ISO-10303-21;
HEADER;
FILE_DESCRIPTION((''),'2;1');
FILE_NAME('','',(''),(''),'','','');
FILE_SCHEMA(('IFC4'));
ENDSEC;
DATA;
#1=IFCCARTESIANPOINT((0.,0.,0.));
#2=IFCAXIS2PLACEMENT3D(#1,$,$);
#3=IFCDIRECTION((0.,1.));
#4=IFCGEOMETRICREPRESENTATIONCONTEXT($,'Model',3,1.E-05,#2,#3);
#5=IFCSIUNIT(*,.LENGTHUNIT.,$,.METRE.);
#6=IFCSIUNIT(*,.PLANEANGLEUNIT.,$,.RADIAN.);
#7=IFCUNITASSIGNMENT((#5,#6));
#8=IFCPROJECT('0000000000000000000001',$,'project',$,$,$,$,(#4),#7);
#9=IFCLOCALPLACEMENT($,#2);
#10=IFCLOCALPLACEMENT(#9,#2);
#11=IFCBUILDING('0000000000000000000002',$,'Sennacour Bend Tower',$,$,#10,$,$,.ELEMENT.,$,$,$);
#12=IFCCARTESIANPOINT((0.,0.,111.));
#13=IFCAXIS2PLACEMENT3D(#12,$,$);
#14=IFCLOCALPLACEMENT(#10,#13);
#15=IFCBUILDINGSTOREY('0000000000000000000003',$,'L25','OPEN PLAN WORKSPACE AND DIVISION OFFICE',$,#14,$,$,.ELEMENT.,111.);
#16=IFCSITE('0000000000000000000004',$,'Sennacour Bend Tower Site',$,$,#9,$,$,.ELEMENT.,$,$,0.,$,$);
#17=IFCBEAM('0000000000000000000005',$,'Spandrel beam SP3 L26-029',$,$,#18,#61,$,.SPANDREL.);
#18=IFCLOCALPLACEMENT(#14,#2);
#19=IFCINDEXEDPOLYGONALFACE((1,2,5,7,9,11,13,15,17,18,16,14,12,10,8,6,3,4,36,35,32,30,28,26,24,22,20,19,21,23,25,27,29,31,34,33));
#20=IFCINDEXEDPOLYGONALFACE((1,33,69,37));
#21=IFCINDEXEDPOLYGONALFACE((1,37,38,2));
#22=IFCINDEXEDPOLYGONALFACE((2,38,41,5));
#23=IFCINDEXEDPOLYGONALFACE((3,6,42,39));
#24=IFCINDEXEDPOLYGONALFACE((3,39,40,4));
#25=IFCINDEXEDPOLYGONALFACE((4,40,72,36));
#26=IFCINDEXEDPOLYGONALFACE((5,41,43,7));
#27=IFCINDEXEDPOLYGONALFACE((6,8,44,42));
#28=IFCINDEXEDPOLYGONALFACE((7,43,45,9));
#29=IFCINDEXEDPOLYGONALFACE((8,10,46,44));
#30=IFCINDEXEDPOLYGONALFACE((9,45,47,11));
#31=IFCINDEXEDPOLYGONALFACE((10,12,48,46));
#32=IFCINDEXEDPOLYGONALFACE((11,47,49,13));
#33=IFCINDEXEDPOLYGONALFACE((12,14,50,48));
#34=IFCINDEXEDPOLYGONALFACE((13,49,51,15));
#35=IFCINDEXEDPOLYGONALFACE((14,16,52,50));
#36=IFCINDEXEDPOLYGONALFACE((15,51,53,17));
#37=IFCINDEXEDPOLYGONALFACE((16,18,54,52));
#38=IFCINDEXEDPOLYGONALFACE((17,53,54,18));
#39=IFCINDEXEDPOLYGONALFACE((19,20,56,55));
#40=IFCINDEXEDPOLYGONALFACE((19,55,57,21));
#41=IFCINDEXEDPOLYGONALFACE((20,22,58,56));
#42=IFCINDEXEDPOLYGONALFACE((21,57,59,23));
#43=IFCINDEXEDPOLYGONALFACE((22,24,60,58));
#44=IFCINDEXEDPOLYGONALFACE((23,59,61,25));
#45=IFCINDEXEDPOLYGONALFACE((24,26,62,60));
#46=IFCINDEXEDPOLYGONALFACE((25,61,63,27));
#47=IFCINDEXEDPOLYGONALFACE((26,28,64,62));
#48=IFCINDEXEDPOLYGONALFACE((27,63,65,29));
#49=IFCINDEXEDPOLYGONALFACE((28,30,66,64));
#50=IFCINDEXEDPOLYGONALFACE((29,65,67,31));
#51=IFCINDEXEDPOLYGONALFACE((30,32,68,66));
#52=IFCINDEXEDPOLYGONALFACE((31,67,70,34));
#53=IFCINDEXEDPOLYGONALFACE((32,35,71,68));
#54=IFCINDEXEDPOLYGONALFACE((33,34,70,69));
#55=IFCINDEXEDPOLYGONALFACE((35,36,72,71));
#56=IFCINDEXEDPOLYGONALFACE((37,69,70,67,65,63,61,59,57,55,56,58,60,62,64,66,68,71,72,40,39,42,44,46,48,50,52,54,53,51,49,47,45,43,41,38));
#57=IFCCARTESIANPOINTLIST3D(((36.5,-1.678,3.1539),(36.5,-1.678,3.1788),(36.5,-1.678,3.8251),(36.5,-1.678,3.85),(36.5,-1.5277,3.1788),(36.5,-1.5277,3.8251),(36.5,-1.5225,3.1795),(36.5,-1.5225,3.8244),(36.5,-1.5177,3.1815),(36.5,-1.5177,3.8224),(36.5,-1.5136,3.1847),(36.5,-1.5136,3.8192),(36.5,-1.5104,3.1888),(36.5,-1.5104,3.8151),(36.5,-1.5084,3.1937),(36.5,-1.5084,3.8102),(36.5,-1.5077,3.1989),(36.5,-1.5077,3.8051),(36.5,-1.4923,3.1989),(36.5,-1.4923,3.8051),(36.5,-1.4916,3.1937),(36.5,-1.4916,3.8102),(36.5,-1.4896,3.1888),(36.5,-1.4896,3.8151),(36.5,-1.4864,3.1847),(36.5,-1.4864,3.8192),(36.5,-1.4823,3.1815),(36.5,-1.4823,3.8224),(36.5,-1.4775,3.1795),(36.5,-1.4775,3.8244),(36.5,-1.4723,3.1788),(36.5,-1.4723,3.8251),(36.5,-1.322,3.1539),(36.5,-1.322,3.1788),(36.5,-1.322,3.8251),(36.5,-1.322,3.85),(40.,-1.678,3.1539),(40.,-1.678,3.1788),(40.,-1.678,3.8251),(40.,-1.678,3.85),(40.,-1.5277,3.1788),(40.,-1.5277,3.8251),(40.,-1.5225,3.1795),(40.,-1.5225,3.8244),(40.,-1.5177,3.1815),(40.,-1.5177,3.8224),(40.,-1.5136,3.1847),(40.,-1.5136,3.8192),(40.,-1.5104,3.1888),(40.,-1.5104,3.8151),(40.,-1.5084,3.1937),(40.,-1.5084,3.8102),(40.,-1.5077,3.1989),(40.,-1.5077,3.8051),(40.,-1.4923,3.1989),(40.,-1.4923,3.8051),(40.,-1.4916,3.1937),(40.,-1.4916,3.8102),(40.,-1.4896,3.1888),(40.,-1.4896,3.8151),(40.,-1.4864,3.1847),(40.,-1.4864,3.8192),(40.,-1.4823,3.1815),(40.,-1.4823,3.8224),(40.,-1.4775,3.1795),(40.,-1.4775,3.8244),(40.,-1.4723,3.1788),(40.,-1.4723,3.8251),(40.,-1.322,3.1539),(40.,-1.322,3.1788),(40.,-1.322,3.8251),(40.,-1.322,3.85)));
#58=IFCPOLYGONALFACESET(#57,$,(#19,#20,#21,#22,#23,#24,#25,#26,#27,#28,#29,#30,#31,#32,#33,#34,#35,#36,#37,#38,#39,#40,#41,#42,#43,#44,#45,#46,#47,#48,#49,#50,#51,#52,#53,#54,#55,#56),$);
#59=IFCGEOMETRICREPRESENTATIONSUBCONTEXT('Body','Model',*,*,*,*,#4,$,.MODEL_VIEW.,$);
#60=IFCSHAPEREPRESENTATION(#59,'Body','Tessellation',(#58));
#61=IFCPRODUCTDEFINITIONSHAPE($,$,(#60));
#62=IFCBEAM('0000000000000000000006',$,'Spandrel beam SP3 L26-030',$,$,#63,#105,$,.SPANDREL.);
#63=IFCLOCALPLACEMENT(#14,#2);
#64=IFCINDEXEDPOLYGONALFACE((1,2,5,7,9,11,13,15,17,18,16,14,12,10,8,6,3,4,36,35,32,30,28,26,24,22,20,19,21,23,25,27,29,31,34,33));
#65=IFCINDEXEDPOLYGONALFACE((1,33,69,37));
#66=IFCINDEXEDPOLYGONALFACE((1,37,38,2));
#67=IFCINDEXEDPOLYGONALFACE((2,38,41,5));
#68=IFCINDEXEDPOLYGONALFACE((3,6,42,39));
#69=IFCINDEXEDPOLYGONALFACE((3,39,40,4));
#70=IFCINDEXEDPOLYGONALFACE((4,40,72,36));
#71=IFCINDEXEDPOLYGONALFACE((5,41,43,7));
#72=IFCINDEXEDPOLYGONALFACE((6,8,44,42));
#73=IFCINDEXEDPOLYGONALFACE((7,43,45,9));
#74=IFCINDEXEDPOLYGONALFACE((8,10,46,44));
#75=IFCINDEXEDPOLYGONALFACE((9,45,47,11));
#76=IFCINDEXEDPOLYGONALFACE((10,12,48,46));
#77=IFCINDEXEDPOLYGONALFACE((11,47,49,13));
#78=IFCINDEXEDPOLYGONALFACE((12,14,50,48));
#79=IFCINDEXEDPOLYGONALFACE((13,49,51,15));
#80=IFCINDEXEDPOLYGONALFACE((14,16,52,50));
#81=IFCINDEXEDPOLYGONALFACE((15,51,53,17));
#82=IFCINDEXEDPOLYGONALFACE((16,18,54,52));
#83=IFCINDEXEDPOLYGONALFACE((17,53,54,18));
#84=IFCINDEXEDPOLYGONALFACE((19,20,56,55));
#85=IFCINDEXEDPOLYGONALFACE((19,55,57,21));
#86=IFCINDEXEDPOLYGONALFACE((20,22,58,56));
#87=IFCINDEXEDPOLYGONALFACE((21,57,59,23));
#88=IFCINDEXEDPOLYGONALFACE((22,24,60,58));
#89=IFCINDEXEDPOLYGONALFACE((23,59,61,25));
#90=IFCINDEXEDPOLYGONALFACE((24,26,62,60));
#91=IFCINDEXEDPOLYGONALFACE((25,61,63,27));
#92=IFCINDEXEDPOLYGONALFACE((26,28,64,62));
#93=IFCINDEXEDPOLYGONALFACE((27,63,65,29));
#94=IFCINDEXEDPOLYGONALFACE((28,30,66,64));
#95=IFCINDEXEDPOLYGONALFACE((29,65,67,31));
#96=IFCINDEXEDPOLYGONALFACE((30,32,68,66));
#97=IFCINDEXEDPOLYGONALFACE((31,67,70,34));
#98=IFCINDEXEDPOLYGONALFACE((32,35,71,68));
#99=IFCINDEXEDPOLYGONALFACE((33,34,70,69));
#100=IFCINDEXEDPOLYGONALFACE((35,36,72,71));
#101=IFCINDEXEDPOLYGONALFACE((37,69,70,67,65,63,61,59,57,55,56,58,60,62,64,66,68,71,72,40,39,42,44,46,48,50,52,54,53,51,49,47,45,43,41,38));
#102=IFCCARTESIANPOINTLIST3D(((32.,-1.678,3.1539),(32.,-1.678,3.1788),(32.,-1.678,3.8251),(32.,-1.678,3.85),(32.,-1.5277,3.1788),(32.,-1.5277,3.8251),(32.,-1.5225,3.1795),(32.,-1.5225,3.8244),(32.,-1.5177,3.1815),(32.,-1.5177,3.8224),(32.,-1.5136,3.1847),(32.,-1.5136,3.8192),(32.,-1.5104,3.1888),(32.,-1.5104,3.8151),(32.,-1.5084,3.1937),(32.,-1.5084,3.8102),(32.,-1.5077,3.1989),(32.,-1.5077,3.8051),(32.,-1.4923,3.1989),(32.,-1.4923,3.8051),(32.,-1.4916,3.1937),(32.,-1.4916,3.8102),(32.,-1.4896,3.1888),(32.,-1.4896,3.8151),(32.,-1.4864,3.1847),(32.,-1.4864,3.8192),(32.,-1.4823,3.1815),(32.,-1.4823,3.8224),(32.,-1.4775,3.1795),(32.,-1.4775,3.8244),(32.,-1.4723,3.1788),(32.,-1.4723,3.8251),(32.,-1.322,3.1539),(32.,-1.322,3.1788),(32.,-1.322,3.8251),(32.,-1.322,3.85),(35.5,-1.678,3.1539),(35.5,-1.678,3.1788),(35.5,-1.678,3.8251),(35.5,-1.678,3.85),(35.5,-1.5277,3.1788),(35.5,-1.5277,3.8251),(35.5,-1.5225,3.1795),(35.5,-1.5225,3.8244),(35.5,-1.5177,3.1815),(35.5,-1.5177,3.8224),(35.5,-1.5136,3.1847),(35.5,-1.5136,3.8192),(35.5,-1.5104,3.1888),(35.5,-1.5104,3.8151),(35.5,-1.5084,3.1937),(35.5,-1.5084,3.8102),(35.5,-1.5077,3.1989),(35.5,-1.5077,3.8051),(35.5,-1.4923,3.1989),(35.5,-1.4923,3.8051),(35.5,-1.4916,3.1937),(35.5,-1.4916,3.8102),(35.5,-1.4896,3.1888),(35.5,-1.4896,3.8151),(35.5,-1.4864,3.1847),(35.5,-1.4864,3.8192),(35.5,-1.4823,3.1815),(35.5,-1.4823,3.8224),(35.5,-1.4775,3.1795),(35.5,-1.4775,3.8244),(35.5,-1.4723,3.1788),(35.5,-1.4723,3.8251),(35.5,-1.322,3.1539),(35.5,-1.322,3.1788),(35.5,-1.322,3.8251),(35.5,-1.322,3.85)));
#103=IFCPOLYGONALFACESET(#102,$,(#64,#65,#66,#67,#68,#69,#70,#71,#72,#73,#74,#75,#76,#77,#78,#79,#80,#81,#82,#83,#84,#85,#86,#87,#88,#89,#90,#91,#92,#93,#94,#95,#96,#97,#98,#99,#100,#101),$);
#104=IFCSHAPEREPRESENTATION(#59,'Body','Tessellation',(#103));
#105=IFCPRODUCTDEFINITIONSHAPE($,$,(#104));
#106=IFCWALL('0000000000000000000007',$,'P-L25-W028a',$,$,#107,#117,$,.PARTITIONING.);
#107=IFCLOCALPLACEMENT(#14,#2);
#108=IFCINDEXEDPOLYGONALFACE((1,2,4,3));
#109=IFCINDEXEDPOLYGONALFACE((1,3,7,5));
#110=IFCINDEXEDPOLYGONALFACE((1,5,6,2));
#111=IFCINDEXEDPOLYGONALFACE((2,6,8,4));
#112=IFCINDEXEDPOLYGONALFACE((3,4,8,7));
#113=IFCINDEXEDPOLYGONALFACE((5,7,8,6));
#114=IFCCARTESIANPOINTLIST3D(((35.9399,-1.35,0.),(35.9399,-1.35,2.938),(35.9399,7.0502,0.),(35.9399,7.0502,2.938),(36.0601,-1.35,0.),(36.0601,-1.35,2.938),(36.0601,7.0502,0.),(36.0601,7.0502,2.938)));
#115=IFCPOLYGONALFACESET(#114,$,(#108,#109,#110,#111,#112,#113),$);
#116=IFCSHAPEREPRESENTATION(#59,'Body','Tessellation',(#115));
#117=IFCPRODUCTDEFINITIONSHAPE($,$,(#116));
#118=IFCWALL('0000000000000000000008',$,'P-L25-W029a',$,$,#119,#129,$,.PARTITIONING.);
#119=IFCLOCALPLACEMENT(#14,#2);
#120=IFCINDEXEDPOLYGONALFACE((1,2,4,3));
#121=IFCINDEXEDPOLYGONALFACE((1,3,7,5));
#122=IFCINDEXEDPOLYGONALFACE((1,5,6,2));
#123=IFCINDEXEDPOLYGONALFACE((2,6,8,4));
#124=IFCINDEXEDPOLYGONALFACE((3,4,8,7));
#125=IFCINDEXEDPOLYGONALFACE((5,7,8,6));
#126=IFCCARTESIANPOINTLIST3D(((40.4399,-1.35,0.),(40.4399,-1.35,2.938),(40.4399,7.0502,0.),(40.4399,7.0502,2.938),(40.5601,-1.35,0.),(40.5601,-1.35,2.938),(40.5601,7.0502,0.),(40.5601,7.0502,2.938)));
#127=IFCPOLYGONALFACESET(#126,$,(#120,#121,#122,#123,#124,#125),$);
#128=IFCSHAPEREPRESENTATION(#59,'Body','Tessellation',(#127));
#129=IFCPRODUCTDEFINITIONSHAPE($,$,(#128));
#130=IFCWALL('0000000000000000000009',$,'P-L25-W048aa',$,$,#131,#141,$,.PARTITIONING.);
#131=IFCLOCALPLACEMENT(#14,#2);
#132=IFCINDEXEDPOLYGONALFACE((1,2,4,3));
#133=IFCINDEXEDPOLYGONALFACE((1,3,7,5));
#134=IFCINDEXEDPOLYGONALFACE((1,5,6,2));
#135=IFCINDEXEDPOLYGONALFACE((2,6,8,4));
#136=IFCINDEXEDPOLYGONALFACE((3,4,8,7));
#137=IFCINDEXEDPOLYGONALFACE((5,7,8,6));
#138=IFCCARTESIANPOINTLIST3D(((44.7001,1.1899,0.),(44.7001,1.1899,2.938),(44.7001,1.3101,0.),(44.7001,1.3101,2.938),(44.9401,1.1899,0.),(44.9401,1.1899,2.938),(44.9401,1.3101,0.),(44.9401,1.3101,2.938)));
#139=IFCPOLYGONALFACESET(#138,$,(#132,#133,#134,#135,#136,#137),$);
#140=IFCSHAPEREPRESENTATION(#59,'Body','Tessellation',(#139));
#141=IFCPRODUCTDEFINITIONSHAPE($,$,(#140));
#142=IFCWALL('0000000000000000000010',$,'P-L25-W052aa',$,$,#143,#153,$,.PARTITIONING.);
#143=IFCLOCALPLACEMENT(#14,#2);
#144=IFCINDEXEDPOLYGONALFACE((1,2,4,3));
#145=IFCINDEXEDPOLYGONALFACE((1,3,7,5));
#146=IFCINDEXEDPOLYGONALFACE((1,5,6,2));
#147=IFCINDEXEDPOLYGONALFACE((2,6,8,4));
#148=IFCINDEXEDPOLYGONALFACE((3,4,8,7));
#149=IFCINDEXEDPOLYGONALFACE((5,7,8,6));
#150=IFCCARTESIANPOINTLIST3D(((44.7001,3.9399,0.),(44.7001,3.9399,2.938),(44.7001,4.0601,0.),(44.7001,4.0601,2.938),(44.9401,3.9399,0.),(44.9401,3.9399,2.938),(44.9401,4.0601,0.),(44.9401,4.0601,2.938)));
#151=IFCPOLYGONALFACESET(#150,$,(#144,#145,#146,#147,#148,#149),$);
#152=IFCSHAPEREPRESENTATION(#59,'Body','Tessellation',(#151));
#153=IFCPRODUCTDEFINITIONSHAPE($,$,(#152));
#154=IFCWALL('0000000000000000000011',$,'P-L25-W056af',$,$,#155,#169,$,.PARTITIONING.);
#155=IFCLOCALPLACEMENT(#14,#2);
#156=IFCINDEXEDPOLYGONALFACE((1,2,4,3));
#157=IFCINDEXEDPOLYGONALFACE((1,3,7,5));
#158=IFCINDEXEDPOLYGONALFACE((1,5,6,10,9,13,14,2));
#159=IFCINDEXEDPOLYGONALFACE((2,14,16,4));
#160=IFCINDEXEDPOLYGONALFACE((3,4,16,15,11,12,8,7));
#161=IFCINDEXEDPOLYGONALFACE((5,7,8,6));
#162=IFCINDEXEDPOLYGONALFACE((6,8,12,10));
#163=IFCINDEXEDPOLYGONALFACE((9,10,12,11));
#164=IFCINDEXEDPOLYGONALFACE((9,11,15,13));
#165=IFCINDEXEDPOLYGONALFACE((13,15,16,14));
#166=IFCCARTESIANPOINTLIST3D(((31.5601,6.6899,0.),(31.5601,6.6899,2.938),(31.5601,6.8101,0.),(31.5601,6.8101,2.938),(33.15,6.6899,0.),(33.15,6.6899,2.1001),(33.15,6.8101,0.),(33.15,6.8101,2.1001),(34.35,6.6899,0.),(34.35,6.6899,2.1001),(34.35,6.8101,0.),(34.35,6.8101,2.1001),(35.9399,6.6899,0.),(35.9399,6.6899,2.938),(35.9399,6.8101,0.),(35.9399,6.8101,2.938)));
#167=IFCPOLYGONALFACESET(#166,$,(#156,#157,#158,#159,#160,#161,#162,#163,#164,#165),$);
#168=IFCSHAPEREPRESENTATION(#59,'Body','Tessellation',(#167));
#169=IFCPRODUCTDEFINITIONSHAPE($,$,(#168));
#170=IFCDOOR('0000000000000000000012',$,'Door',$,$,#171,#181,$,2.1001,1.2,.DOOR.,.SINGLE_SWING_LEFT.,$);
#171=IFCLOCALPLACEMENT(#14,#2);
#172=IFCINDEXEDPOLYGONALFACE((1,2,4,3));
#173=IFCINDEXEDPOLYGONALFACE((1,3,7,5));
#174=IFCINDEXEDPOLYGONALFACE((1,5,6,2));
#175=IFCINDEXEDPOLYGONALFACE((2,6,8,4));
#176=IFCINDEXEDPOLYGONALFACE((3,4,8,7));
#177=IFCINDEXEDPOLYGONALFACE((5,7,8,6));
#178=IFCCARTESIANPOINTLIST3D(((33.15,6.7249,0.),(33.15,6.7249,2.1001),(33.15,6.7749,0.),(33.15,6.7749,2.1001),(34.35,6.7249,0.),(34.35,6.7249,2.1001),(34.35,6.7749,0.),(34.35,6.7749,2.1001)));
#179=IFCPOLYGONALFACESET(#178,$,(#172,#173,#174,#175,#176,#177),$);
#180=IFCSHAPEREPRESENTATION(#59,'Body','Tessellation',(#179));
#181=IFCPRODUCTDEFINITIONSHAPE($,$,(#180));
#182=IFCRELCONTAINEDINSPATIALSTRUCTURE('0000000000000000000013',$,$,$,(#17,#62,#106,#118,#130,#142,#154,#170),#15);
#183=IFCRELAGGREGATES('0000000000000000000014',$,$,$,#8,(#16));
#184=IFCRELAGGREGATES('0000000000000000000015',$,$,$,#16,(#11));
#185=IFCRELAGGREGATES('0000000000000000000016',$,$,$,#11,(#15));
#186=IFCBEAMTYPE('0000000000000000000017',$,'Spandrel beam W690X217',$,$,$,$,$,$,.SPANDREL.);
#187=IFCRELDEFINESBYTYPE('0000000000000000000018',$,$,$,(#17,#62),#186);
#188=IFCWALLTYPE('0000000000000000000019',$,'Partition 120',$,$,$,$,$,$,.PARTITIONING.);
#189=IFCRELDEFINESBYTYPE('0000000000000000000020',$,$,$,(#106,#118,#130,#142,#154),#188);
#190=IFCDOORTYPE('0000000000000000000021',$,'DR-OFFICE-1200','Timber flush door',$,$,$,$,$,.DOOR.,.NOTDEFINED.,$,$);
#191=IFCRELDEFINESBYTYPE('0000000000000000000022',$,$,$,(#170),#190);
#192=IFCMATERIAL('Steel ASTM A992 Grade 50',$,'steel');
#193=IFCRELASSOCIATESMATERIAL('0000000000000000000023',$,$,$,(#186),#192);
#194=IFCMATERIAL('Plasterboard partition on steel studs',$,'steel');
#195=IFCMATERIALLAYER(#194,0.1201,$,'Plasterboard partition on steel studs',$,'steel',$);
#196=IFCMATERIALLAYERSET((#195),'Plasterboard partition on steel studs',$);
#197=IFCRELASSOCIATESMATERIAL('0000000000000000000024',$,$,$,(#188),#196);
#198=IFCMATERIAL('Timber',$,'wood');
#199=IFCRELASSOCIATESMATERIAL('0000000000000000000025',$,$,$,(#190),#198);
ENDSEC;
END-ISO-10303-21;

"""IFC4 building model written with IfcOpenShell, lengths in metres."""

from ifc_helpers import new_model, si_unit, direction, frame, frame_2d, origin, origin_2d, place, context, subcontext, project, spatial, rectangle, i_section, extrude, material, layer, layer_set, material_profile, profile_set, type_object, element, fill, save


model = new_model("IFC4")

# Units and contexts
model_context = context("Model", 3, precision=1e-05, world=origin(), true_north=direction((0.0, 1.0)))
body_context = subcontext(model_context, "Body", "Model", "MODEL_VIEW")
ifc_project = project(units=[si_unit("LENGTHUNIT", "METRE"), si_unit("PLANEANGLEUNIT", "RADIAN")], contexts=[model_context])

# Site, building, storey
site_placement = place(None, origin())
site = spatial("IfcSite", under=ifc_project, at=site_placement, Name="Sennacour Bend Tower Site", CompositionType="ELEMENT", RefElevation=0.0)
building_placement = place(site_placement, origin())
building = spatial("IfcBuilding", under=site, at=building_placement, Name="Sennacour Bend Tower", CompositionType="ELEMENT")
storey_placement = place(building_placement, frame((0.0, 0.0, 111.0)))
storey = spatial("IfcBuildingStorey", under=building, at=storey_placement, Name="L25", Description="OPEN PLAN WORKSPACE AND DIVISION OFFICE", CompositionType="ELEMENT", Elevation=111.0)

# Beams
ifc_material_1 = material(Name="Steel ASTM A992 Grade 50", Category="steel")
ifc_material_profile_1 = material_profile(ifc_material_1, i_section(OverallWidth=0.356, OverallDepth=0.696, WebThickness=0.0154, FlangeThickness=0.0249, FilletRadius=0.02, at=origin_2d()), Name="Steel ASTM A992 Grade 50", Category="steel")
ifc_profile_set_1 = profile_set([ifc_material_profile_1], Name="Steel ASTM A992 Grade 50")
beam_type_1 = type_object("IfcBeamType", Name="Spandrel beam W690X217", PredefinedType="SPANDREL", material=ifc_profile_set_1)
for number, where, z_axis, x_axis, name in (
    (1, (40.0, -1.5, 3.502), (-1.0, 0.0, 0.0), (0.0, -1.0, 0.0), "Spandrel beam SP3 L26-029"),
    (2, (35.5, -1.5, 3.502), (-1.0, 0.0, 0.0), (0.0, -1.0, 0.0), "Spandrel beam SP3 L26-030"),
):
    element("IfcBeam", number, at=place(storey_placement, frame(where, z_axis=z_axis, x_axis=x_axis)), inside=storey, type_object=beam_type_1, Name=name, PredefinedType="SPANDREL", context=body_context, shape_type="SweptSolid", body=[
        extrude(i_section(OverallWidth=0.356, OverallDepth=0.696, WebThickness=0.0154, FlangeThickness=0.0249, FilletRadius=0.02, at=origin_2d()), origin(), (0.0, 0.0, 1.0), 3.5),
    ])

# Walls
ifc_material_2 = material(Name="Plasterboard partition on steel studs", Category="steel")
ifc_layer_1 = layer(ifc_material_2, 0.1201, Name="Plasterboard partition on steel studs", Category="steel")
ifc_layer_set_1 = layer_set([ifc_layer_1], Name="Plasterboard partition on steel studs")
wall_type_1 = type_object("IfcWallType", Name="Partition 120", PredefinedType="PARTITIONING", material=ifc_layer_set_1)
for number, where, z_axis, x_axis, name in (
    (3, (36.0, -1.3501, 0.0), (0.0, 0.0, 1.0), (0.0, 1.0, 0.0), "P-L25-W028a"),
    (4, (40.5, -1.3501, 0.0), (0.0, 0.0, 1.0), (0.0, 1.0, 0.0), "P-L25-W029a"),
):
    element("IfcWall", number, at=place(storey_placement, frame(where, z_axis=z_axis, x_axis=x_axis)), inside=storey, type_object=wall_type_1, Name=name, PredefinedType="PARTITIONING", context=body_context, shape_type="SweptSolid", body=[
        extrude(rectangle(XDim=8.4001, YDim=0.1201, at=frame_2d((4.2002, 0.0))), origin(), (0.0, 0.0, 1.0), 2.938),
    ])
for number, where, z_axis, x_axis, name in (
    (5, (44.7, 1.25, 0.0), (0.0, 0.0, 1.0), (1.0, 0.0, 0.0), "P-L25-W048aa"),
    (6, (44.7, 4.0, 0.0), (0.0, 0.0, 1.0), (1.0, 0.0, 0.0), "P-L25-W052aa"),
):
    element("IfcWall", number, at=place(storey_placement, frame(where, z_axis=z_axis, x_axis=x_axis)), inside=storey, type_object=wall_type_1, Name=name, PredefinedType="PARTITIONING", context=body_context, shape_type="SweptSolid", body=[
        extrude(rectangle(XDim=0.24, YDim=0.1201, at=frame_2d((0.1201, 0.0))), origin(), (0.0, 0.0, 1.0), 2.938),
    ])

# Wall, opening, door
wall_1_placement = place(storey_placement, frame((31.5601, 6.75, 0.0), z_axis=(0.0, 0.0, 1.0), x_axis=(1.0, 0.0, 0.0)))
wall_1 = element("IfcWall", 7, at=wall_1_placement, inside=storey, type_object=wall_type_1, Name="P-L25-W056af", PredefinedType="PARTITIONING", context=body_context, shape_type="SweptSolid", body=[
    extrude(rectangle(XDim=4.3799, YDim=0.1201, at=frame_2d((2.1899, 0.0))), origin(), (0.0, 0.0, 1.0), 2.938),
])
opening_1_placement = place(wall_1_placement, frame((1.5898, 0.0, 0.0)))
opening_1 = element("IfcOpeningElement", 8, at=opening_1_placement, cuts=wall_1, PredefinedType="OPENING", context=body_context, shape_type="SweptSolid", body=[
    extrude(rectangle(XDim=1.2, YDim=2.1001, at=frame_2d((0.6001, 1.05))), frame((0.0, 0.0701, 0.0), z_axis=(0.0, -1.0, 0.0), x_axis=(1.0, 0.0, 0.0)), (0.0, 0.0, 1.0), 0.1401),
])
ifc_material_3 = material(Name="Timber", Category="wood")
door_type = type_object("IfcDoorType", Name="DR-OFFICE-1200", Description="Timber flush door", OperationType="NOTDEFINED", PredefinedType="DOOR", material=ifc_material_3)
door_placement = place(opening_1_placement, origin())
door = element("IfcDoor", 9, at=door_placement, inside=storey, type_object=door_type, Name="Door", OperationType="SINGLE_SWING_LEFT", OverallHeight=2.1001, OverallWidth=1.2, PredefinedType="DOOR", context=body_context, shape_type="SweptSolid", body=[
    extrude(rectangle(XDim=1.2, YDim=2.1001, at=frame_2d((0.6001, 1.05))), frame((0.0, 0.0249, 0.0), z_axis=(0.0, -1.0, 0.0), x_axis=(1.0, 0.0, 0.0)), (0.0, 0.0, 1.0), 0.05),
])
fill(opening_1, door)

save(model, "model.ifc")
